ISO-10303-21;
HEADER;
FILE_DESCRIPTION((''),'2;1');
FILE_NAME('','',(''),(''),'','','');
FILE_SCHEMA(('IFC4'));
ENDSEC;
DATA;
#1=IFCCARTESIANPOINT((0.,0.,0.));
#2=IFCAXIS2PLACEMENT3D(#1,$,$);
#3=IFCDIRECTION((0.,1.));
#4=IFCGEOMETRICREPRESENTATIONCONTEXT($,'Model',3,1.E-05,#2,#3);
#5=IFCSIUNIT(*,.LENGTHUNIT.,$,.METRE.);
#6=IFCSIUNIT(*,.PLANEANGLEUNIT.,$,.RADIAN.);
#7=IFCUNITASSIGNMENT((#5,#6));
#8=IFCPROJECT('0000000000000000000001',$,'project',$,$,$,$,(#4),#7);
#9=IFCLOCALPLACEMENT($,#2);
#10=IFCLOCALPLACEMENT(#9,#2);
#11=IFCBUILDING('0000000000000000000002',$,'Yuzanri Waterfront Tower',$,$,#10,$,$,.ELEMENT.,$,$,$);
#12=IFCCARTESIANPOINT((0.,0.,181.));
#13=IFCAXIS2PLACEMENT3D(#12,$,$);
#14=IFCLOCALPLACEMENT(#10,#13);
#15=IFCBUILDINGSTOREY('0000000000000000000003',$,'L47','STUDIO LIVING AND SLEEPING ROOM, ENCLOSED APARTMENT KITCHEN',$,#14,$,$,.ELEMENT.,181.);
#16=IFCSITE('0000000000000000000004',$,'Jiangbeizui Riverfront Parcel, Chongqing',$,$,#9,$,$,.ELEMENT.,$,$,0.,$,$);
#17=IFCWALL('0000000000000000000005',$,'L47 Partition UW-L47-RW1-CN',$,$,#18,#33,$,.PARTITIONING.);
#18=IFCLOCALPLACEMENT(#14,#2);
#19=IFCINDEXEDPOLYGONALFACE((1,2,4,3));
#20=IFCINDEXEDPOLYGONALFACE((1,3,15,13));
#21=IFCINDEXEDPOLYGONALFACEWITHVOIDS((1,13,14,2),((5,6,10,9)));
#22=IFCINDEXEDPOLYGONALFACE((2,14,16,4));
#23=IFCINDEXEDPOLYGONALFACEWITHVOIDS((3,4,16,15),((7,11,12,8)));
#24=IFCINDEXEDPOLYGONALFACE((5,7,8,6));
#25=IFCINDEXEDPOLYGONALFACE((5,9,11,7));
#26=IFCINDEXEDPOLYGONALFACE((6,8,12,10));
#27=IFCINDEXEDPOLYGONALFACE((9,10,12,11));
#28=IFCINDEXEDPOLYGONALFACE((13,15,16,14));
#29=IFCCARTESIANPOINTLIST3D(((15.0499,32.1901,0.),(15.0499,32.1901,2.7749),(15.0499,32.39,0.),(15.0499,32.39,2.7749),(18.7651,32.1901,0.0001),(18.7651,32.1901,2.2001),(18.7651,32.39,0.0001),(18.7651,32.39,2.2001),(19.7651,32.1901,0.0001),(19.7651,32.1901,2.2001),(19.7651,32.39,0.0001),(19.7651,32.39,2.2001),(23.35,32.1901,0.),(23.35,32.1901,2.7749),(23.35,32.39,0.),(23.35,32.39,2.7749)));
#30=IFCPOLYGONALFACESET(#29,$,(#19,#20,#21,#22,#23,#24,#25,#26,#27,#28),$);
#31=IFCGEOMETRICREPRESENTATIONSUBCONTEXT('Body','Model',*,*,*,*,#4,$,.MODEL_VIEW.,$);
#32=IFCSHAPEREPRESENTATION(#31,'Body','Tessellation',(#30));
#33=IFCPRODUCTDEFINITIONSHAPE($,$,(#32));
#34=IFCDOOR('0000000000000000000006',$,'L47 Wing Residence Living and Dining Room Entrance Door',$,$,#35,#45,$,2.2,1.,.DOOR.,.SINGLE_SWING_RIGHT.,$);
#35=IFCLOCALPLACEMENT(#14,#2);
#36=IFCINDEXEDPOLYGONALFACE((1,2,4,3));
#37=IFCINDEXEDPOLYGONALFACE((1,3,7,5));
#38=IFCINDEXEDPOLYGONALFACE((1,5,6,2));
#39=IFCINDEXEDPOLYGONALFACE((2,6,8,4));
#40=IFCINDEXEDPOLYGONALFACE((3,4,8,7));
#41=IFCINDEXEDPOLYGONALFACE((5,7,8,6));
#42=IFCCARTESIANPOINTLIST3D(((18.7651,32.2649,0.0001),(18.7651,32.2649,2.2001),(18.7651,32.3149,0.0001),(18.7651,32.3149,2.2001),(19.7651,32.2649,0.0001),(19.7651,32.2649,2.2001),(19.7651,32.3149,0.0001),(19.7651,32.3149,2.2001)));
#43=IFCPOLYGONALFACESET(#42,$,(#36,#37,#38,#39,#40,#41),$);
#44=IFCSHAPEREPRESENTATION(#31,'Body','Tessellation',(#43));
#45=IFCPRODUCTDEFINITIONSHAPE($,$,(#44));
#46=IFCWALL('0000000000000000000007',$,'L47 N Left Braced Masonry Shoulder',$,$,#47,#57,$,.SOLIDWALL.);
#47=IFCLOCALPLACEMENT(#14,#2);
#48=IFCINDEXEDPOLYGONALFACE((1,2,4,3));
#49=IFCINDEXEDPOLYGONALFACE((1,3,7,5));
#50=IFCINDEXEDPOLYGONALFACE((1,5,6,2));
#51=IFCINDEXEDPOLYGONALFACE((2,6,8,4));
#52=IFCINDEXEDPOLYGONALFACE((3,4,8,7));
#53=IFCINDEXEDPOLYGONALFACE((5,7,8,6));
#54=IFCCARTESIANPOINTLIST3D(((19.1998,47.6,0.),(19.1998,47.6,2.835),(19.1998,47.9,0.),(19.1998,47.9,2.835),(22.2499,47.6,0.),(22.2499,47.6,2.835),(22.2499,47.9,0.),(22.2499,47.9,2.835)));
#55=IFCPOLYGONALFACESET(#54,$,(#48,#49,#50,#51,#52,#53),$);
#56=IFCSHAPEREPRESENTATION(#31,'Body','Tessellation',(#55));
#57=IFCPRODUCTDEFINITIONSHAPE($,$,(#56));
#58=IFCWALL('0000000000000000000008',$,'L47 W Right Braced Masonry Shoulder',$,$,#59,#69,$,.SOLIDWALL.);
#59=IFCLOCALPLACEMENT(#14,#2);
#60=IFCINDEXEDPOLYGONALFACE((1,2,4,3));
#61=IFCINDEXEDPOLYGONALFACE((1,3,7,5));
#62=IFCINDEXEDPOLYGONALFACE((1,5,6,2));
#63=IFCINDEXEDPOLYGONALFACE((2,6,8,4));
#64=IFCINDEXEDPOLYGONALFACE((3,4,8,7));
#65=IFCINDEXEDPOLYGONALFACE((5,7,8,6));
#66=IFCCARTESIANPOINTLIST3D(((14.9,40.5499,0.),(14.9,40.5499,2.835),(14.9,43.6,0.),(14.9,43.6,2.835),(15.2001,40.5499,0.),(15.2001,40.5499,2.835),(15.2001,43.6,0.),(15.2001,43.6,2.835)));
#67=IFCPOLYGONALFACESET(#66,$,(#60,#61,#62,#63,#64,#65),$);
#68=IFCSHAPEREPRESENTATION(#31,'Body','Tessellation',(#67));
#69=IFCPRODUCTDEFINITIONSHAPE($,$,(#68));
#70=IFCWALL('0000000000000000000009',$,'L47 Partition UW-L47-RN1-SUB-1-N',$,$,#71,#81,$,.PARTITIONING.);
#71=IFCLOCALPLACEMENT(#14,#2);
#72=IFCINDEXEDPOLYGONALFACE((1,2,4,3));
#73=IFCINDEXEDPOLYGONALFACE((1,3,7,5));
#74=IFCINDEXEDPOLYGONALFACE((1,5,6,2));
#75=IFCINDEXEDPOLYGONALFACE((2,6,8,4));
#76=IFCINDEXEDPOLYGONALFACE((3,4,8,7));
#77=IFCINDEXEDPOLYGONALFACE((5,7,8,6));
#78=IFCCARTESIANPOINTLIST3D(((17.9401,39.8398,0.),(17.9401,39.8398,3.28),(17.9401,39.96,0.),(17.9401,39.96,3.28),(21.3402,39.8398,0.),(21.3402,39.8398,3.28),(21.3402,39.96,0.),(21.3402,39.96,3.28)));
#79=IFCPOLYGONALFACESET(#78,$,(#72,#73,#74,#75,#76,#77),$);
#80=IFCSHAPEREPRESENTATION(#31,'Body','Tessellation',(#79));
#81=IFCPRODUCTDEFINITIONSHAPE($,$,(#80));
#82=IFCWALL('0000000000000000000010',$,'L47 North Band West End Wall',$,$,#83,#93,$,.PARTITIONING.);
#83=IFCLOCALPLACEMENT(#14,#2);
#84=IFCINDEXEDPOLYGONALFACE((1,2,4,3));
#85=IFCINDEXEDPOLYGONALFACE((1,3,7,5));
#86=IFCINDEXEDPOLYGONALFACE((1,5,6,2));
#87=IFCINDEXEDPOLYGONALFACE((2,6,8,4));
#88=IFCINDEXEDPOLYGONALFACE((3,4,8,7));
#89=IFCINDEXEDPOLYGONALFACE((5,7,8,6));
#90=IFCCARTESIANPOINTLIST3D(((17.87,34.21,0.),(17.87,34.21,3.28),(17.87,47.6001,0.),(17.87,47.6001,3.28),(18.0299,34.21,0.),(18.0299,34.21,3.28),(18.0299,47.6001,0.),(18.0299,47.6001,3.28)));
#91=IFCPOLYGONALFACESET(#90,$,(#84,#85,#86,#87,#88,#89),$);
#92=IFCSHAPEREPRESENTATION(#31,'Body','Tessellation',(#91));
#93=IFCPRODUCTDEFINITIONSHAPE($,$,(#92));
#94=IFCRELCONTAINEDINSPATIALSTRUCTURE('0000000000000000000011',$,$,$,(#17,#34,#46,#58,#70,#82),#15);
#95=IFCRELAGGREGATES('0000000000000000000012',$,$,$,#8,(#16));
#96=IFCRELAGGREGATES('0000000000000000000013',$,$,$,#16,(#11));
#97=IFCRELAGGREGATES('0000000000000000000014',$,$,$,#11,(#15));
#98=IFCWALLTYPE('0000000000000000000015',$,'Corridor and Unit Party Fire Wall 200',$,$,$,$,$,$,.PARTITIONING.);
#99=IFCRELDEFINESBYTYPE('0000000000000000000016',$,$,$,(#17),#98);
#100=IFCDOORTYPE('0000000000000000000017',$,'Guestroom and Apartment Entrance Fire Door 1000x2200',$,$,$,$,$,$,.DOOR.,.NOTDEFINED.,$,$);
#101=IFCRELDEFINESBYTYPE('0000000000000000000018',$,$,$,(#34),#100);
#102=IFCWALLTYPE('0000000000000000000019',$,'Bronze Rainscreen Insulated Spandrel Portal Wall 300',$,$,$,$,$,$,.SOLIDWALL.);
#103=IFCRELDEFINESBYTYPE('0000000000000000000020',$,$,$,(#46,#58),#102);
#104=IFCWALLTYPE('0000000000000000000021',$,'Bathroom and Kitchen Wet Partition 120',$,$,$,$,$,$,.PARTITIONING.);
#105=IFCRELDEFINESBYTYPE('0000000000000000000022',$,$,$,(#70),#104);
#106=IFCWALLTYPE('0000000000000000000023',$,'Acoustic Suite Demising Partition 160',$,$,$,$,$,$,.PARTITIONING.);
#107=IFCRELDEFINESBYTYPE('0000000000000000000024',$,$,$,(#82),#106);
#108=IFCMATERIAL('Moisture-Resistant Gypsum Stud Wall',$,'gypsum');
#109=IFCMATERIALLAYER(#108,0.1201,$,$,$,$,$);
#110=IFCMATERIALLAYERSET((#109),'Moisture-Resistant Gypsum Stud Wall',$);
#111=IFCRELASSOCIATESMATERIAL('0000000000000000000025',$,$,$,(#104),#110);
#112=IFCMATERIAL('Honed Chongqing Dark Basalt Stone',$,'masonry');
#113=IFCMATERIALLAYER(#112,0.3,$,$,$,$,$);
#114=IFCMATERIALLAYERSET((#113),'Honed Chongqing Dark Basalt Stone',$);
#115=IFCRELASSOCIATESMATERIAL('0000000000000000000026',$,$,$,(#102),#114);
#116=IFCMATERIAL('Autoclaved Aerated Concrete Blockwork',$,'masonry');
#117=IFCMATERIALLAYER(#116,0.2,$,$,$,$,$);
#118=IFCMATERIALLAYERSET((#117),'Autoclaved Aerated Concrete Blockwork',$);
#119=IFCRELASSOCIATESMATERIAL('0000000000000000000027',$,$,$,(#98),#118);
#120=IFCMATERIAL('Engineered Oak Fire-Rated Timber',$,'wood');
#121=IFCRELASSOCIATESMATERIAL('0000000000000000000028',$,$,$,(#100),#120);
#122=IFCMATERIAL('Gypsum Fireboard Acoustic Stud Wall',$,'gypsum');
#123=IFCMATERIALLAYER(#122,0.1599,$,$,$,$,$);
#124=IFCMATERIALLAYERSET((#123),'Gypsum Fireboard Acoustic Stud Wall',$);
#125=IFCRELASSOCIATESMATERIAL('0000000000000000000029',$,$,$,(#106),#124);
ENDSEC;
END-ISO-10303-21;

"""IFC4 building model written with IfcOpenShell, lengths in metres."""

from ifc_helpers import new_model, si_unit, direction, frame, frame_2d, origin, place, context, subcontext, project, spatial, rectangle, extrude, source, transform, mapped, material, layer, layer_set, type_object, element, fill, save


model = new_model("IFC4")

# Units and contexts
model_context = context("Model", 3, precision=1e-05, world=origin(), true_north=direction((0.0, 1.0)))
body_context = subcontext(model_context, "Body", "Model", "MODEL_VIEW")
ifc_project = project(units=[si_unit("LENGTHUNIT", "METRE"), si_unit("PLANEANGLEUNIT", "RADIAN")], contexts=[model_context])

# Site, building, storey
site_placement = place(None, origin())
site = spatial("IfcSite", under=ifc_project, at=site_placement, Name="Jiangbeizui Riverfront Parcel, Chongqing", CompositionType="ELEMENT", RefElevation=0.0)
building_placement = place(site_placement, origin())
building = spatial("IfcBuilding", under=site, at=building_placement, Name="Yuzanri Waterfront Tower", CompositionType="ELEMENT")
storey_placement = place(building_placement, frame((0.0, 0.0, 181.0)))
storey = spatial("IfcBuildingStorey", under=building, at=storey_placement, Name="L47", Description="STUDIO LIVING AND SLEEPING ROOM, ENCLOSED APARTMENT KITCHEN", CompositionType="ELEMENT", Elevation=181.0)

# Shared definitions
ifc_material_1 = material(Name="Moisture-Resistant Gypsum Stud Wall", Category="gypsum")
ifc_layer_1 = layer(ifc_material_1, 0.1201)
ifc_layer_set_1 = layer_set([ifc_layer_1], Name="Moisture-Resistant Gypsum Stud Wall")
wall_type_1 = type_object("IfcWallType", Name="Bathroom and Kitchen Wet Partition 120", PredefinedType="PARTITIONING", material=ifc_layer_set_1)

# Shared definitions
ifc_material_2 = material(Name="Honed Chongqing Dark Basalt Stone", Category="masonry")
ifc_layer_2 = layer(ifc_material_2, 0.3)
ifc_layer_set_2 = layer_set([ifc_layer_2], Name="Honed Chongqing Dark Basalt Stone")
wall_type_2 = type_object("IfcWallType", Name="Bronze Rainscreen Insulated Spandrel Portal Wall 300", PredefinedType="SOLIDWALL", material=ifc_layer_set_2)

# Wall, opening, door
ifc_material_3 = material(Name="Autoclaved Aerated Concrete Blockwork", Category="masonry")
ifc_layer_3 = layer(ifc_material_3, 0.2)
ifc_layer_set_3 = layer_set([ifc_layer_3], Name="Autoclaved Aerated Concrete Blockwork")
wall_type_3 = type_object("IfcWallType", Name="Corridor and Unit Party Fire Wall 200", PredefinedType="PARTITIONING", material=ifc_layer_set_3)
ifc_material_4 = material(Name="Engineered Oak Fire-Rated Timber", Category="wood")
door_type_1 = type_object("IfcDoorType", Name="Guestroom and Apartment Entrance Fire Door 1000x2200", OperationType="NOTDEFINED", PredefinedType="DOOR", material=ifc_material_4)
shared_shape_1 = source(origin(), body_context, "Body", "SweptSolid", [
    extrude(rectangle(XDim=1.0, YDim=2.2, at=frame_2d((0.5, 1.1001))), frame((0.0, 0.0249, 0.0), z_axis=(0.0, -1.0, 0.0), x_axis=(1.0, 0.0, 0.0)), (0.0, 0.0, 1.0), 0.05),
])
wall_1_placement = place(storey_placement, frame((15.05, 32.29, 0.0), z_axis=(0.0, 0.0, 1.0), x_axis=(1.0, 0.0, 0.0)))
wall_1 = element("IfcWall", 1, at=wall_1_placement, inside=storey, type_object=wall_type_3, Name="L47 Partition UW-L47-RW1-CN", PredefinedType="PARTITIONING", context=body_context, shape_type="SweptSolid", body=[
    extrude(rectangle(XDim=8.3, YDim=0.2, at=frame_2d((4.1499, 0.0))), origin(), (0.0, 0.0, 1.0), 2.7749),
])
opening_1_placement = place(wall_1_placement, frame((3.7151, 0.0, 0.0)))
opening_1 = element("IfcOpeningElement", 2, at=opening_1_placement, cuts=wall_1, PredefinedType="OPENING", context=body_context, shape_type="SweptSolid", body=[
    extrude(rectangle(XDim=1.0, YDim=2.2, at=frame_2d((0.5, 1.1001))), frame((0.0, 0.1147, 0.0), z_axis=(0.0, -1.0, 0.0), x_axis=(1.0, 0.0, 0.0)), (0.0, 0.0, 1.0), 0.2297),
])
door_1_placement = place(opening_1_placement, origin())
door_1 = element("IfcDoor", 3, at=door_1_placement, inside=storey, type_object=door_type_1, Name="L47 Wing Residence Living and Dining Room Entrance Door", OperationType="SINGLE_SWING_RIGHT", OverallHeight=2.2, OverallWidth=1.0, PredefinedType="DOOR", context=body_context, shape_type="MappedRepresentation", body=[
    mapped(shared_shape_1, transform((0.0, 0.0, 0.0), scale=1.0)),
])
fill(opening_1, door_1)

# Walls
shared_shape_2 = source(origin(), body_context, "Body", "SweptSolid", [
    extrude(rectangle(XDim=3.05, YDim=0.3, at=frame_2d((1.5249, 0.0))), origin(), (0.0, 0.0, 1.0), 2.835),
])
for number, where, z_axis, x_axis, name in (
    (4, (19.2, 47.75, 0.0), (0.0, 0.0, 1.0), (1.0, 0.0, 0.0), "L47 N Left Braced Masonry Shoulder"),
    (5, (15.05, 40.55, 0.0), (0.0, 0.0, 1.0), (0.0, 1.0, 0.0), "L47 W Right Braced Masonry Shoulder"),
):
    element("IfcWall", number, at=place(storey_placement, frame(where, z_axis=z_axis, x_axis=x_axis)), inside=storey, type_object=wall_type_2, Name=name, PredefinedType="SOLIDWALL", context=body_context, shape_type="MappedRepresentation", body=[
        mapped(shared_shape_2, transform((0.0, 0.0, 0.0), scale=1.0)),
    ])
shared_shape_3 = source(origin(), body_context, "Body", "SweptSolid", [
    extrude(rectangle(XDim=3.4001, YDim=0.1201, at=frame_2d((1.7002, 0.0))), origin(), (0.0, 0.0, 1.0), 3.28),
])
wall_2_placement = place(storey_placement, frame((17.9399, 39.8999, 0.0), z_axis=(0.0, 0.0, 1.0), x_axis=(1.0, 0.0, 0.0)))
element("IfcWall", 6, at=wall_2_placement, inside=storey, type_object=wall_type_1, Name="L47 Partition UW-L47-RN1-SUB-1-N", PredefinedType="PARTITIONING", context=body_context, shape_type="MappedRepresentation", body=[
    mapped(shared_shape_3, transform((0.0, 0.0, 0.0), scale=1.0)),
])
ifc_material_5 = material(Name="Gypsum Fireboard Acoustic Stud Wall", Category="gypsum")
ifc_layer_4 = layer(ifc_material_5, 0.1599)
ifc_layer_set_4 = layer_set([ifc_layer_4], Name="Gypsum Fireboard Acoustic Stud Wall")
wall_type_4 = type_object("IfcWallType", Name="Acoustic Suite Demising Partition 160", PredefinedType="PARTITIONING", material=ifc_layer_set_4)
shared_shape_4 = source(origin(), body_context, "Body", "SweptSolid", [
    extrude(rectangle(XDim=13.3901, YDim=0.1599, at=frame_2d((6.6951, 0.0))), origin(), (0.0, 0.0, 1.0), 3.28),
])
wall_3_placement = place(storey_placement, frame((17.95, 34.21, 0.0), z_axis=(0.0, 0.0, 1.0), x_axis=(0.0, 1.0, 0.0)))
element("IfcWall", 7, at=wall_3_placement, inside=storey, type_object=wall_type_4, Name="L47 North Band West End Wall", PredefinedType="PARTITIONING", context=body_context, shape_type="MappedRepresentation", body=[
    mapped(shared_shape_4, transform((0.0, 0.0, 0.0), scale=1.0)),
])

save(model, "model.ifc")
